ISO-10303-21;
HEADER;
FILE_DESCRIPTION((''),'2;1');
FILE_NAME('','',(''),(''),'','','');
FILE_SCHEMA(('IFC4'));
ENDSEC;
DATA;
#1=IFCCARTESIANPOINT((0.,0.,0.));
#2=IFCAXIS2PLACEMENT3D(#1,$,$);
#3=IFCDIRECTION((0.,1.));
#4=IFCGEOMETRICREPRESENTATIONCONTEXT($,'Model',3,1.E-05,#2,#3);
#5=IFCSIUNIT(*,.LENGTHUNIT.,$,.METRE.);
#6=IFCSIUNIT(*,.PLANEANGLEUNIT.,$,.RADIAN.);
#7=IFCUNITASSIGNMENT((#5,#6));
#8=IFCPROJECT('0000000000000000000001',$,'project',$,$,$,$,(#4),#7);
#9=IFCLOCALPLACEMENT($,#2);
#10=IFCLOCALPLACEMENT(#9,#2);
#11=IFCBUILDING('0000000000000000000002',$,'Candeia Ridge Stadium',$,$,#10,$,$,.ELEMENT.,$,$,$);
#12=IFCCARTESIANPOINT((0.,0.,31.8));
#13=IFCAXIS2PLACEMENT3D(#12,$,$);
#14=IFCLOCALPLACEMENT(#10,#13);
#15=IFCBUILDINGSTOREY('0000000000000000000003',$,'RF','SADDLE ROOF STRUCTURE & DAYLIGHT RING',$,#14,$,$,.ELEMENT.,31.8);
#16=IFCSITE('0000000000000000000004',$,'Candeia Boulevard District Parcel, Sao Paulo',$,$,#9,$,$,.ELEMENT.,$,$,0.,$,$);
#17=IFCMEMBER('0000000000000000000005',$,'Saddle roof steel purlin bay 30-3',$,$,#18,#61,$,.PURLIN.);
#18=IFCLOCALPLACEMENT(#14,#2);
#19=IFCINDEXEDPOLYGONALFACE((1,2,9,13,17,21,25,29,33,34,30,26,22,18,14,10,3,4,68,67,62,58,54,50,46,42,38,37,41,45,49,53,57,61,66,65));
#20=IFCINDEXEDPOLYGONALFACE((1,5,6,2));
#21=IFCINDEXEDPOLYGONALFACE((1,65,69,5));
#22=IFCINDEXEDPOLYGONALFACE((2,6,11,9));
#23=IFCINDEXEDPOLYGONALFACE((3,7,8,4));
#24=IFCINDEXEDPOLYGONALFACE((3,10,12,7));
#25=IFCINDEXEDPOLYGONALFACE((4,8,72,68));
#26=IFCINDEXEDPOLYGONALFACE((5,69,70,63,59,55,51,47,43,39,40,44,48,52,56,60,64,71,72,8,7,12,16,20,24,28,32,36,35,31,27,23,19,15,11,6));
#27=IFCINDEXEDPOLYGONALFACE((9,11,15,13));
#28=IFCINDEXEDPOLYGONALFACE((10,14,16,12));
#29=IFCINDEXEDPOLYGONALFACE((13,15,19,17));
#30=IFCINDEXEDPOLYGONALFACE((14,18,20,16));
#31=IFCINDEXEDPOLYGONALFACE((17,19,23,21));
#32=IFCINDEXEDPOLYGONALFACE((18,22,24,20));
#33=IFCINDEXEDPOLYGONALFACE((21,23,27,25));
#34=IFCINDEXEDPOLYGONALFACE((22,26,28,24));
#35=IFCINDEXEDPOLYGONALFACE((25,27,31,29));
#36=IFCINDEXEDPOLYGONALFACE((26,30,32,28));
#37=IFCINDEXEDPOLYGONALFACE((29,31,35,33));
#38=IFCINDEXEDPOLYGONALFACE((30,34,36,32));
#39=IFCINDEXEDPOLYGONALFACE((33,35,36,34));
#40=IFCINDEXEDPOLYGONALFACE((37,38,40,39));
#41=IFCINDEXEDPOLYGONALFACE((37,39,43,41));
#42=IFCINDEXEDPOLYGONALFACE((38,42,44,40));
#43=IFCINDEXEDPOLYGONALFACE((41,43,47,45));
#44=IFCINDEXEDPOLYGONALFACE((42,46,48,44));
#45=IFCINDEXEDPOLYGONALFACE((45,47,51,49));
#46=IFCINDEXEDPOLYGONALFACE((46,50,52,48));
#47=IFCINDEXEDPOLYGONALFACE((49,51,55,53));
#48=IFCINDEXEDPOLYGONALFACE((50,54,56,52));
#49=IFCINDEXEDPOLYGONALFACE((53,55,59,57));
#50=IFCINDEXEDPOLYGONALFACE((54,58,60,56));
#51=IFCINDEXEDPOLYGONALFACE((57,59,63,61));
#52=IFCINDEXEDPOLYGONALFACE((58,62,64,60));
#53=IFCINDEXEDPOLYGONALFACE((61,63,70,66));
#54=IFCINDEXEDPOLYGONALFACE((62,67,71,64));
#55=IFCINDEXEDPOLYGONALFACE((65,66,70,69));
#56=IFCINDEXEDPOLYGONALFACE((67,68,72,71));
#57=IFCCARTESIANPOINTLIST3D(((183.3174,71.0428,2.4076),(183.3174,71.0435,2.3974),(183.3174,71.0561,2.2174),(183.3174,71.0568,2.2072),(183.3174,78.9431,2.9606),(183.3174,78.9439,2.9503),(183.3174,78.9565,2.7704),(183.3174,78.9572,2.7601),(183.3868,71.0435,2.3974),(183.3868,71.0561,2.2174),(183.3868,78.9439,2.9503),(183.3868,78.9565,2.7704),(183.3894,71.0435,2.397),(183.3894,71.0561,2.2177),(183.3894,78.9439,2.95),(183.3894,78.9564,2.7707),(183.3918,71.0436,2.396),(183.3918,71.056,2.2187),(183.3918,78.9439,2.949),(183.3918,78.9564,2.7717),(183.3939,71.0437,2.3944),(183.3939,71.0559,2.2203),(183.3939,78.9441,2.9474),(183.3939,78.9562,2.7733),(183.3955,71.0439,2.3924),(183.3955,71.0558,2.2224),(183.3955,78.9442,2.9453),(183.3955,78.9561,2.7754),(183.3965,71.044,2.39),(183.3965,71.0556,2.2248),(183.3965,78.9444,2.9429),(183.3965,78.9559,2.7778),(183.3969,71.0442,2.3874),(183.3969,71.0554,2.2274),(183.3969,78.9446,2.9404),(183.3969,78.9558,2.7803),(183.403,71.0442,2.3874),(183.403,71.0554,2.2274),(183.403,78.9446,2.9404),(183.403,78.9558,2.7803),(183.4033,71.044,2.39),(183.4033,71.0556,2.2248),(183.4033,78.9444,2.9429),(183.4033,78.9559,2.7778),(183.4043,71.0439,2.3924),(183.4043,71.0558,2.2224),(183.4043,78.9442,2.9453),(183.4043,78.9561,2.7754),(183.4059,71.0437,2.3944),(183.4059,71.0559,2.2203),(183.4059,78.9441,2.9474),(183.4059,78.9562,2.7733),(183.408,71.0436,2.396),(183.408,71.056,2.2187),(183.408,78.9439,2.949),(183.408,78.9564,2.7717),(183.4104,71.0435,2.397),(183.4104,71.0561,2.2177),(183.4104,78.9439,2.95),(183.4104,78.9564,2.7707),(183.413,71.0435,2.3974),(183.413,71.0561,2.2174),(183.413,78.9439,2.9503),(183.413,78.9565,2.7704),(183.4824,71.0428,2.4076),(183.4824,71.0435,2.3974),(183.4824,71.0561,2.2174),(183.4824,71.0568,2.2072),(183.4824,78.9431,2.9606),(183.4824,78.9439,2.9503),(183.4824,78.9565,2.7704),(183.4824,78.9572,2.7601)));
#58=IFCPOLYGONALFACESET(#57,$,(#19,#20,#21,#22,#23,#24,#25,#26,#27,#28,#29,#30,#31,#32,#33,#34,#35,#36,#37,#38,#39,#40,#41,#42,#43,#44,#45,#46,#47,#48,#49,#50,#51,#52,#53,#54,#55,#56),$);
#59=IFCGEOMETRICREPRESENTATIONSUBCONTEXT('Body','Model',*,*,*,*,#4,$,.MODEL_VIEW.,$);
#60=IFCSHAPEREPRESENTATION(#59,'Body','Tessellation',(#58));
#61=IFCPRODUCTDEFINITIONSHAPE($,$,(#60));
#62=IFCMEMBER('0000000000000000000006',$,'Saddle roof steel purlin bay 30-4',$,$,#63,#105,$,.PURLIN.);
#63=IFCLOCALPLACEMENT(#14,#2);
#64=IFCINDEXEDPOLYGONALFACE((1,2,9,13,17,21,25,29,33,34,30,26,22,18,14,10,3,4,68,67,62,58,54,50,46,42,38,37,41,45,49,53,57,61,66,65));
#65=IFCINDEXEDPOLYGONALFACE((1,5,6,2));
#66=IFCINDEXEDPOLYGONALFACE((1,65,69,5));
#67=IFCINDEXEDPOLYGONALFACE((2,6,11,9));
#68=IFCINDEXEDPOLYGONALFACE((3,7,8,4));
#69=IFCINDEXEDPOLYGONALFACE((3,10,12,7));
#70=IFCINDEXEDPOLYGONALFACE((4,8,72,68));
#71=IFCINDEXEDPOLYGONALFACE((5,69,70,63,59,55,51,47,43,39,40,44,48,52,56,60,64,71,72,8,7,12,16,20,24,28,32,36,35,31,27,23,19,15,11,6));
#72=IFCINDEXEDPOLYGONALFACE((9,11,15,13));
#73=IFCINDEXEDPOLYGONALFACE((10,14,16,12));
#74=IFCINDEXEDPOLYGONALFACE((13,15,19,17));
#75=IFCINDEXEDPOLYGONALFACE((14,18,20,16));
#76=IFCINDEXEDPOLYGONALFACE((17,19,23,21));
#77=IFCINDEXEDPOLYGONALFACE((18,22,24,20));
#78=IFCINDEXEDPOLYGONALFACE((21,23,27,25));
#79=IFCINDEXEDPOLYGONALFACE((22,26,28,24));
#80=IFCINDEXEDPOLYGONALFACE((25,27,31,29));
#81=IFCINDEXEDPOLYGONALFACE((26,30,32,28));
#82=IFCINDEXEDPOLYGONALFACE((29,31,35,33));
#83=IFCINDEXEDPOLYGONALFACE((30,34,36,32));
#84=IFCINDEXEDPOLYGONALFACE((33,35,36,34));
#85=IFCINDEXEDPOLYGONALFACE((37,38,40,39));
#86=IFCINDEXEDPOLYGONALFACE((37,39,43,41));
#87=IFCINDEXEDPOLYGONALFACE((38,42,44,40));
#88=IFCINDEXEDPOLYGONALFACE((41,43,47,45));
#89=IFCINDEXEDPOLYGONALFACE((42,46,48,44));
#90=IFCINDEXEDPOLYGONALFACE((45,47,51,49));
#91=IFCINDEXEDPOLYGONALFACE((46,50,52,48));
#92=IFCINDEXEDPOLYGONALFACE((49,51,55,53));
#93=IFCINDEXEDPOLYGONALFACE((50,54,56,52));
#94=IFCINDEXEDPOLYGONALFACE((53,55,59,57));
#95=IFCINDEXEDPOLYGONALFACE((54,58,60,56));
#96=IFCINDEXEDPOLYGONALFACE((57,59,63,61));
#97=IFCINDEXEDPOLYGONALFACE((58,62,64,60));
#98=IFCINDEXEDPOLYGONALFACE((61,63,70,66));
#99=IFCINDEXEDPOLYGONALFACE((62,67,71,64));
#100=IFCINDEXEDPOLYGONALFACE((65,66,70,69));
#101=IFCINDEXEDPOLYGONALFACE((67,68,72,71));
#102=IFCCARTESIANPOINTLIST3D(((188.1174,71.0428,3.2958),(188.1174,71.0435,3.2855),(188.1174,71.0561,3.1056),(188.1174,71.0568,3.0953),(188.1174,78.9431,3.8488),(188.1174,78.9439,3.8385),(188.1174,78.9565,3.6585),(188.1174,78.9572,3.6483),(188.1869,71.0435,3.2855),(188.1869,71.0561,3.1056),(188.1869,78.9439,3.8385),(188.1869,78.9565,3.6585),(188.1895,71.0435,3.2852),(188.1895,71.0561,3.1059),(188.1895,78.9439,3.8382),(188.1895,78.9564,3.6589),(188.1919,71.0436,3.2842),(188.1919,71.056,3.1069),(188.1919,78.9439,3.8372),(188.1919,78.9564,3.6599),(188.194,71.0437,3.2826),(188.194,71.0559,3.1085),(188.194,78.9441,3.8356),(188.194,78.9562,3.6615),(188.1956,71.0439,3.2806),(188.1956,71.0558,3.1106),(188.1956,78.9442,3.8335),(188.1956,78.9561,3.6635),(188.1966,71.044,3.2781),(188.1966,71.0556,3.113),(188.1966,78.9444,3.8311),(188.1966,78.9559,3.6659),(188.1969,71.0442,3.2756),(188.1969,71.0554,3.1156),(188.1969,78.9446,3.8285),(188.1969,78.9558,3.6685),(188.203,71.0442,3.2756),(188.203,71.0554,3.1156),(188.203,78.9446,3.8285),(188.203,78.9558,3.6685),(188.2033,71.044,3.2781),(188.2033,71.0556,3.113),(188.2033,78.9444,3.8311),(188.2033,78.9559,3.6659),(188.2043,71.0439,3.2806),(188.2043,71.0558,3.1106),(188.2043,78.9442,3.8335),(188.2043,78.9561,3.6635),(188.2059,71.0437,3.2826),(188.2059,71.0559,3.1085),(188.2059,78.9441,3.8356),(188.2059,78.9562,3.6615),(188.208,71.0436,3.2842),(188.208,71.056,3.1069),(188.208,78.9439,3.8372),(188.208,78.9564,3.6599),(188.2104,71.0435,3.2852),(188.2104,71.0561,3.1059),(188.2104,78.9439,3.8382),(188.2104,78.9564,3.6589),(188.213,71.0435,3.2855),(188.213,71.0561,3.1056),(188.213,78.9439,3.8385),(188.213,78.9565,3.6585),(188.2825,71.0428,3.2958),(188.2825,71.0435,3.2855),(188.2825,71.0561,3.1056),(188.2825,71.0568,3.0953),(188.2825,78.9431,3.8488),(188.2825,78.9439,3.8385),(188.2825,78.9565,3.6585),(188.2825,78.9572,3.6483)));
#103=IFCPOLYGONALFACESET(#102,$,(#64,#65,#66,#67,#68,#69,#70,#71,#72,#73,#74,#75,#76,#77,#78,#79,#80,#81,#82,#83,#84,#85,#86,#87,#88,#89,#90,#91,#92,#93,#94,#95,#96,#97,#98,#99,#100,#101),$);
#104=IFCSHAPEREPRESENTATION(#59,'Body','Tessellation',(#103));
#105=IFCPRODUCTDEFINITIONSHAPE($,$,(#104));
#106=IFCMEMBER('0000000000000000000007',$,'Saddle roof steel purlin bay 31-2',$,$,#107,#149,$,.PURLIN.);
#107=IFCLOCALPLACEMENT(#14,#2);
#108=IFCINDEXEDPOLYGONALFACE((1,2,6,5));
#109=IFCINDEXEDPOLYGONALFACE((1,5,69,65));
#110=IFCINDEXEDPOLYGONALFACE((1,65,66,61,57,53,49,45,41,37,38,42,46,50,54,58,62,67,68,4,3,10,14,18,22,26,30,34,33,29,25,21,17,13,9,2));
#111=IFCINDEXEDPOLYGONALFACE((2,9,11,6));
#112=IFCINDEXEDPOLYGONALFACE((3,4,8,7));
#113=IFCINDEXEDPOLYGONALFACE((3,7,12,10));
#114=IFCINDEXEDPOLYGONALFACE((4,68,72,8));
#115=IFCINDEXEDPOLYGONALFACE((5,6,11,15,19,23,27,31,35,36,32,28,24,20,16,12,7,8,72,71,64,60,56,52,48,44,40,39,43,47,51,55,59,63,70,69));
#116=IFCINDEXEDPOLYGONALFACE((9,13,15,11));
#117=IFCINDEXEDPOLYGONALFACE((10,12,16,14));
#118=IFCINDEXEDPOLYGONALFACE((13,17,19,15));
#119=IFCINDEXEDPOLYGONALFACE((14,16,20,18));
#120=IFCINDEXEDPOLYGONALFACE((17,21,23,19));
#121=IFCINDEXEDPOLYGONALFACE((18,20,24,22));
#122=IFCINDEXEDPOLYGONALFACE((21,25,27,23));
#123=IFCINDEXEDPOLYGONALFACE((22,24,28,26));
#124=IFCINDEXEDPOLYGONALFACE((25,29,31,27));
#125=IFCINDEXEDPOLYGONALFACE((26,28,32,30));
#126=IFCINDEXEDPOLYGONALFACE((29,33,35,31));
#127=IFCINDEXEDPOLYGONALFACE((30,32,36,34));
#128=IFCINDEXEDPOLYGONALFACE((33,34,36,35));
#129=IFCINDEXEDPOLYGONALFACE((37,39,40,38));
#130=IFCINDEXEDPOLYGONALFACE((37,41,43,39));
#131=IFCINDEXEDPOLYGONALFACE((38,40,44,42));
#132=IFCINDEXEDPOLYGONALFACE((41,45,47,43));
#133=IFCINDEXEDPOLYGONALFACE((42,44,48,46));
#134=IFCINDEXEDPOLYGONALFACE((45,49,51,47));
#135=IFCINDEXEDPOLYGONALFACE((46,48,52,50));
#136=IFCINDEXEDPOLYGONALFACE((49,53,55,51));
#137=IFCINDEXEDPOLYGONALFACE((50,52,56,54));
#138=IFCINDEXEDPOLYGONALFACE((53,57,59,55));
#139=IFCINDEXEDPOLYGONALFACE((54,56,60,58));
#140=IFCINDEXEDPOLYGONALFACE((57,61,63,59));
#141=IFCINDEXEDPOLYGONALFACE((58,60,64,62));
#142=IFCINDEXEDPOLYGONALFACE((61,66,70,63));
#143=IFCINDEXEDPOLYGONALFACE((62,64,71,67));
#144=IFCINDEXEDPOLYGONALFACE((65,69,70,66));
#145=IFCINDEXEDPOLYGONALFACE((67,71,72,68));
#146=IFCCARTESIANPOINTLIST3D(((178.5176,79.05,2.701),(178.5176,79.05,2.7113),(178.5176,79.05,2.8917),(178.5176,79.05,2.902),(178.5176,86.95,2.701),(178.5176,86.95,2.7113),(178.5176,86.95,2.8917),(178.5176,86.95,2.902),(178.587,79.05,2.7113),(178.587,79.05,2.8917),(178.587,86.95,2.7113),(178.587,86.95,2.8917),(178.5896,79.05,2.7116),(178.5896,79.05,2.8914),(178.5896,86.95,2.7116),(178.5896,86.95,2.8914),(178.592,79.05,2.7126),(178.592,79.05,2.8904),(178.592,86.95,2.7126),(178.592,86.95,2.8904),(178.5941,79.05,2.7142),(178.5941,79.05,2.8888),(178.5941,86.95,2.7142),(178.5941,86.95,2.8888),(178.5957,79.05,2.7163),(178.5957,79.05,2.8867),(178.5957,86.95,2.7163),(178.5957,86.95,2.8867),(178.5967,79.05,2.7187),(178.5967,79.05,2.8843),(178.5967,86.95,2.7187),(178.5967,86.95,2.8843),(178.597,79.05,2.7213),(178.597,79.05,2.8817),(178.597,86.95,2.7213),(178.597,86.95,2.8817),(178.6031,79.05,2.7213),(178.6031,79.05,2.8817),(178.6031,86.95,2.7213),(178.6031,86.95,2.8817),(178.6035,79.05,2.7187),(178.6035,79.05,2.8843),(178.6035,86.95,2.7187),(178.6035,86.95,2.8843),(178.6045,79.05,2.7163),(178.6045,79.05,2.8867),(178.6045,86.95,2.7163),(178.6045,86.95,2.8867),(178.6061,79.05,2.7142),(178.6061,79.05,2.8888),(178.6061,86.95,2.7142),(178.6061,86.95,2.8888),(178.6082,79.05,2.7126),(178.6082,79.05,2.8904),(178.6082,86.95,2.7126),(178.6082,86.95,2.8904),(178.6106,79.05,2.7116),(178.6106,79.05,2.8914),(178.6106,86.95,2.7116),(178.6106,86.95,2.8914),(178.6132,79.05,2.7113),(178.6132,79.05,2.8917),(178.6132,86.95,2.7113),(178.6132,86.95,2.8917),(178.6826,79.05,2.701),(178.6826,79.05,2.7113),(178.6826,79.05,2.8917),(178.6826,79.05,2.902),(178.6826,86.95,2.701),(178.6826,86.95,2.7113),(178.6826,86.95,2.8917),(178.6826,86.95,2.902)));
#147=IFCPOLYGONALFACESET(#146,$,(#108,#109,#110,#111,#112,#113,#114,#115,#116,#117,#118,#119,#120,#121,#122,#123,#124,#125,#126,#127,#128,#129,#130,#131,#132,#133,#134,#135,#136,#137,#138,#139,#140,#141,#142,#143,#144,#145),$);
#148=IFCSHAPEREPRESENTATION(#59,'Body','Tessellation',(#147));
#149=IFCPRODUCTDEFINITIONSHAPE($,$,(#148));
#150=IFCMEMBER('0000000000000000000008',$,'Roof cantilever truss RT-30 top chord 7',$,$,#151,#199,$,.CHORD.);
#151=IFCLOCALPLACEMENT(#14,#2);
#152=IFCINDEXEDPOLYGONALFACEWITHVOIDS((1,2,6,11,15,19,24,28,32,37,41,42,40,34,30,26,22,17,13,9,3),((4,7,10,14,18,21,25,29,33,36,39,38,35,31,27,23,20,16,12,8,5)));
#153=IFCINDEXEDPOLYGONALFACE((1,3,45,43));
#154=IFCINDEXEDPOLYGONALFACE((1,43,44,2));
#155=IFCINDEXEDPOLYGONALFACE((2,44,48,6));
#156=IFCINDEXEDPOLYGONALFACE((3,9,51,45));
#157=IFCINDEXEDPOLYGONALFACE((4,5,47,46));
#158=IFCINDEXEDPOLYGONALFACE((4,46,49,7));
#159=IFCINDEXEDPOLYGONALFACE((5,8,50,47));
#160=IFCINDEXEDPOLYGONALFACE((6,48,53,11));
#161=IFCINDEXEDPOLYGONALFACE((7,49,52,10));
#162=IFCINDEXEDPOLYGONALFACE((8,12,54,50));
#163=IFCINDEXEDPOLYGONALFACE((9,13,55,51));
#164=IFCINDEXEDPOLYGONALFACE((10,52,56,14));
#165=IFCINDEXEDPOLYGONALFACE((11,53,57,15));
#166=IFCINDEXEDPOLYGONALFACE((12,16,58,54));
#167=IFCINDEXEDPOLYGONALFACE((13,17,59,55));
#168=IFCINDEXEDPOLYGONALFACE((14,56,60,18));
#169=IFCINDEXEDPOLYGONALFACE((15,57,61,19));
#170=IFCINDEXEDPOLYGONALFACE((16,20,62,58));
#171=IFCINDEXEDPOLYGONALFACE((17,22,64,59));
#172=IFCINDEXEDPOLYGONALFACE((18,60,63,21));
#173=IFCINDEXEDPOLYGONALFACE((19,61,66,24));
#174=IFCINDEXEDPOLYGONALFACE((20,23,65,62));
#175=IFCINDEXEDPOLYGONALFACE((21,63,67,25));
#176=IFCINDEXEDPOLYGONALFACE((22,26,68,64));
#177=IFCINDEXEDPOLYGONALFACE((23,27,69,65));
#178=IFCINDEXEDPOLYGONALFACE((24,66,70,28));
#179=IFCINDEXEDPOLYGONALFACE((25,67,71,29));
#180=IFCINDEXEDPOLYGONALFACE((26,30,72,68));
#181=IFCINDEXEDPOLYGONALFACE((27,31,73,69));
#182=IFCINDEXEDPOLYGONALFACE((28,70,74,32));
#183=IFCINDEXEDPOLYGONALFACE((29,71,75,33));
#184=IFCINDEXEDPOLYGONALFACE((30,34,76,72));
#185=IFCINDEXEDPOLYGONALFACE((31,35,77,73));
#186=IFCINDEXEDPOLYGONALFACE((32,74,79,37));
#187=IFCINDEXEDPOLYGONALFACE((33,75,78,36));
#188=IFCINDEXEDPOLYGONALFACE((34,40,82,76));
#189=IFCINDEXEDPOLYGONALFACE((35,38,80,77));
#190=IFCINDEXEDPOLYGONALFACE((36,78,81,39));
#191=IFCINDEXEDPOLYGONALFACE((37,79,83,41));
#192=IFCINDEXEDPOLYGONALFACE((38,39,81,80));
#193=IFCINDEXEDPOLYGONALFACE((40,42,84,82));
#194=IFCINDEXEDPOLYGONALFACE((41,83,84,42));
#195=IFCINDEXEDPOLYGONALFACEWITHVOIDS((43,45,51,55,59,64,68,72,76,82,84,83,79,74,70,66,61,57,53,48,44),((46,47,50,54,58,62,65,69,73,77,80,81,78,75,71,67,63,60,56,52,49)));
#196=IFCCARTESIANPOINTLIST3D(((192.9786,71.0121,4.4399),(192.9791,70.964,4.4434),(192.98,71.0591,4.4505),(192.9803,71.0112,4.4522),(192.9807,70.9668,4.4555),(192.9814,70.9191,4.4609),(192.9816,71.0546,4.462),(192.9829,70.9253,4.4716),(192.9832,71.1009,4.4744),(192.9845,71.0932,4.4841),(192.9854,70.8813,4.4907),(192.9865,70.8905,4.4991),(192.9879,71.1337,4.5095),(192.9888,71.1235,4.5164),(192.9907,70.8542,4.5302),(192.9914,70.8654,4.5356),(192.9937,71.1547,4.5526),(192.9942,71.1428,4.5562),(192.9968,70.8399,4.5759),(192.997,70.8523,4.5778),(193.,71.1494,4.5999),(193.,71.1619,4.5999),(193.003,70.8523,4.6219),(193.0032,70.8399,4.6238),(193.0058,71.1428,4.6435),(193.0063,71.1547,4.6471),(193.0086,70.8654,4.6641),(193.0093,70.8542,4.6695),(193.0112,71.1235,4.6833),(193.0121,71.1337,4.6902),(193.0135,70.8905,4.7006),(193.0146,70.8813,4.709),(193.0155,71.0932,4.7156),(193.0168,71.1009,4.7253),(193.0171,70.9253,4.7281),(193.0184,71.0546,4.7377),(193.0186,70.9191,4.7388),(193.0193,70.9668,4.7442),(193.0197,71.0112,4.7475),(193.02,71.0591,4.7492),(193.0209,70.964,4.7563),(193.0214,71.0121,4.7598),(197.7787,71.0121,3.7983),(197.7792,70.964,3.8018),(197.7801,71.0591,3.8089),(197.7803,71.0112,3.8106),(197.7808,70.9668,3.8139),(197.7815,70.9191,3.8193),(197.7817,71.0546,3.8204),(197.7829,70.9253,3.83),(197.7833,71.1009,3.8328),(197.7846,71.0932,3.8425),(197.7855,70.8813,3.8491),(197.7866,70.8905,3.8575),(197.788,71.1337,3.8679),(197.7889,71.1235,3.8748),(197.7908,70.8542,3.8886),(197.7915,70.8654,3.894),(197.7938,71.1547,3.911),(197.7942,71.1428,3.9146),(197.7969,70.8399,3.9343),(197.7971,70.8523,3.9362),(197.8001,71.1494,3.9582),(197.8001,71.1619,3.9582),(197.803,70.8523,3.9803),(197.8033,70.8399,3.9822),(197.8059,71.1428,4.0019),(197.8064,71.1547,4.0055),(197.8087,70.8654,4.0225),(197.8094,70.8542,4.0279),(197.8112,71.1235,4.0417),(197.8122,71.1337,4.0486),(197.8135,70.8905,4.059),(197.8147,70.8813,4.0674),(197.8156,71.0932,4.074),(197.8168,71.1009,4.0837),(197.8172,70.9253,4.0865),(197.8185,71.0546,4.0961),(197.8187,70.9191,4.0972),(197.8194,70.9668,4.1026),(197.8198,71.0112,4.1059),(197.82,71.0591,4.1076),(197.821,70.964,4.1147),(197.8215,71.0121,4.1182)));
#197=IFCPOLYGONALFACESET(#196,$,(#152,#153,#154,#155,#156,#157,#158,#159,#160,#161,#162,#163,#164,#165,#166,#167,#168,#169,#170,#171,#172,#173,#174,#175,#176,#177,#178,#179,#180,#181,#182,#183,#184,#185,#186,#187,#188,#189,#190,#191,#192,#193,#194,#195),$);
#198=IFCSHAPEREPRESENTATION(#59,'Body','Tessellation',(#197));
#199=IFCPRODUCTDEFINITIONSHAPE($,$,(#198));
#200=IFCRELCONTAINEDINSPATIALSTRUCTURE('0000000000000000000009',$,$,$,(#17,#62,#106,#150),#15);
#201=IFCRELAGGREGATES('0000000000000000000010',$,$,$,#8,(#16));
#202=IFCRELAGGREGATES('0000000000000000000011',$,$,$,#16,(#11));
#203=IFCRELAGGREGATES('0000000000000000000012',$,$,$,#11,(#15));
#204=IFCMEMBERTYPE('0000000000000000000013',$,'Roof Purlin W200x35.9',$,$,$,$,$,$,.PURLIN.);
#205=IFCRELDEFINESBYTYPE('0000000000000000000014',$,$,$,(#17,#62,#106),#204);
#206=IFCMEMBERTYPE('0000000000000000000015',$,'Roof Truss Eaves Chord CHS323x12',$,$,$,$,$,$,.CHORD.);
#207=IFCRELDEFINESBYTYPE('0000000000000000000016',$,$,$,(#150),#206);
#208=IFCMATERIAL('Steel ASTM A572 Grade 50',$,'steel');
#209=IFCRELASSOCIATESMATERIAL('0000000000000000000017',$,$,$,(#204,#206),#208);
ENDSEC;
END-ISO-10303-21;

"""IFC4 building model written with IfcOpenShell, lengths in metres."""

from ifc_helpers import new_model, si_unit, direction, frame, origin, origin_2d, place, context, subcontext, project, spatial, hollow_circle, i_section, extrude, material, material_profile, profile_set, type_object, element, save


model = new_model("IFC4")

# Units and contexts
model_context = context("Model", 3, precision=1e-05, world=origin(), true_north=direction((0.0, 1.0)))
body_context = subcontext(model_context, "Body", "Model", "MODEL_VIEW")
ifc_project = project(units=[si_unit("LENGTHUNIT", "METRE"), si_unit("PLANEANGLEUNIT", "RADIAN")], contexts=[model_context])

# Site, building, storey
site_placement = place(None, origin())
site = spatial("IfcSite", under=ifc_project, at=site_placement, Name="Candeia Boulevard District Parcel, Sao Paulo", CompositionType="ELEMENT", RefElevation=0.0)
building_placement = place(site_placement, origin())
building = spatial("IfcBuilding", under=site, at=building_placement, Name="Candeia Ridge Stadium", CompositionType="ELEMENT")
storey_placement = place(building_placement, frame((0.0, 0.0, 31.8)))
storey = spatial("IfcBuildingStorey", under=building, at=storey_placement, Name="RF", Description="SADDLE ROOF STRUCTURE & DAYLIGHT RING", CompositionType="ELEMENT", Elevation=31.8)

# Shared definitions
ifc_material_1 = material(Name="Steel ASTM A572 Grade 50", Category="steel")

# Members
ifc_material_profile_1 = material_profile(ifc_material_1, i_section(OverallWidth=0.165, OverallDepth=0.2009, WebThickness=0.0061, FlangeThickness=0.0103, FilletRadius=0.01, at=origin_2d()), Name="W200x35.9", Category="steel")
ifc_profile_set_1 = profile_set([ifc_material_profile_1], Name="Steel ASTM A572 Grade 50")
member_type_1 = type_object("IfcMemberType", Name="Roof Purlin W200x35.9", PredefinedType="PURLIN", material=ifc_profile_set_1)
for number, where, z_axis, x_axis, name in (
    (1, (183.3999, 71.0498, 2.3074), (0.0, 0.997559, 0.069823), (-1.0, 0.0, 0.0), "Saddle roof steel purlin bay 30-3"),
    (2, (188.2, 71.0498, 3.1956), (0.0, 0.997559, 0.069823), (-1.0, 0.0, 0.0), "Saddle roof steel purlin bay 30-4"),
):
    element("IfcMember", number, at=place(storey_placement, frame(where, z_axis=z_axis, x_axis=x_axis)), inside=storey, type_object=member_type_1, Name=name, PredefinedType="PURLIN", context=body_context, shape_type="SweptSolid", body=[
        extrude(i_section(OverallWidth=0.165, OverallDepth=0.2009, WebThickness=0.0061, FlangeThickness=0.0103, FilletRadius=0.01, at=origin_2d()), origin(), (0.0, 0.0, 1.0), 7.9197),
    ])
member_1_placement = place(storey_placement, frame((178.6001, 79.05, 2.8015), z_axis=(0.0, 1.0, 0.0), x_axis=(-1.0, 0.0, 0.0)))
element("IfcMember", 3, at=member_1_placement, inside=storey, type_object=member_type_1, Name="Saddle roof steel purlin bay 31-2", PredefinedType="PURLIN", context=body_context, shape_type="SweptSolid", body=[
    extrude(i_section(OverallWidth=0.165, OverallDepth=0.2009, WebThickness=0.0061, FlangeThickness=0.0103, FilletRadius=0.01, at=origin_2d()), origin(), (0.0, 0.0, 1.0), 7.8999),
])
ifc_material_profile_2 = material_profile(ifc_material_1, hollow_circle(Radius=0.1619, WallThickness=0.0125, at=origin_2d()), Name="CHS323x12", Category="steel")
ifc_profile_set_2 = profile_set([ifc_material_profile_2], Name="Steel ASTM A572 Grade 50")
member_type_2 = type_object("IfcMemberType", Name="Roof Truss Eaves Chord CHS323x12", PredefinedType="CHORD", material=ifc_profile_set_2)
member_2_placement = place(storey_placement, frame((193.0, 71.0, 4.5999), z_axis=(0.991185, 0.0, -0.132487), x_axis=(0.0, 1.0, 0.0)))
element("IfcMember", 4, at=member_2_placement, inside=storey, type_object=member_type_2, Name="Roof cantilever truss RT-30 top chord 7", PredefinedType="CHORD", context=body_context, shape_type="SweptSolid", body=[
    extrude(hollow_circle(Radius=0.1619, WallThickness=0.0125, at=origin_2d()), origin(), (0.0, 0.0, 1.0), 4.8428),
])

save(model, "model.ifc")
